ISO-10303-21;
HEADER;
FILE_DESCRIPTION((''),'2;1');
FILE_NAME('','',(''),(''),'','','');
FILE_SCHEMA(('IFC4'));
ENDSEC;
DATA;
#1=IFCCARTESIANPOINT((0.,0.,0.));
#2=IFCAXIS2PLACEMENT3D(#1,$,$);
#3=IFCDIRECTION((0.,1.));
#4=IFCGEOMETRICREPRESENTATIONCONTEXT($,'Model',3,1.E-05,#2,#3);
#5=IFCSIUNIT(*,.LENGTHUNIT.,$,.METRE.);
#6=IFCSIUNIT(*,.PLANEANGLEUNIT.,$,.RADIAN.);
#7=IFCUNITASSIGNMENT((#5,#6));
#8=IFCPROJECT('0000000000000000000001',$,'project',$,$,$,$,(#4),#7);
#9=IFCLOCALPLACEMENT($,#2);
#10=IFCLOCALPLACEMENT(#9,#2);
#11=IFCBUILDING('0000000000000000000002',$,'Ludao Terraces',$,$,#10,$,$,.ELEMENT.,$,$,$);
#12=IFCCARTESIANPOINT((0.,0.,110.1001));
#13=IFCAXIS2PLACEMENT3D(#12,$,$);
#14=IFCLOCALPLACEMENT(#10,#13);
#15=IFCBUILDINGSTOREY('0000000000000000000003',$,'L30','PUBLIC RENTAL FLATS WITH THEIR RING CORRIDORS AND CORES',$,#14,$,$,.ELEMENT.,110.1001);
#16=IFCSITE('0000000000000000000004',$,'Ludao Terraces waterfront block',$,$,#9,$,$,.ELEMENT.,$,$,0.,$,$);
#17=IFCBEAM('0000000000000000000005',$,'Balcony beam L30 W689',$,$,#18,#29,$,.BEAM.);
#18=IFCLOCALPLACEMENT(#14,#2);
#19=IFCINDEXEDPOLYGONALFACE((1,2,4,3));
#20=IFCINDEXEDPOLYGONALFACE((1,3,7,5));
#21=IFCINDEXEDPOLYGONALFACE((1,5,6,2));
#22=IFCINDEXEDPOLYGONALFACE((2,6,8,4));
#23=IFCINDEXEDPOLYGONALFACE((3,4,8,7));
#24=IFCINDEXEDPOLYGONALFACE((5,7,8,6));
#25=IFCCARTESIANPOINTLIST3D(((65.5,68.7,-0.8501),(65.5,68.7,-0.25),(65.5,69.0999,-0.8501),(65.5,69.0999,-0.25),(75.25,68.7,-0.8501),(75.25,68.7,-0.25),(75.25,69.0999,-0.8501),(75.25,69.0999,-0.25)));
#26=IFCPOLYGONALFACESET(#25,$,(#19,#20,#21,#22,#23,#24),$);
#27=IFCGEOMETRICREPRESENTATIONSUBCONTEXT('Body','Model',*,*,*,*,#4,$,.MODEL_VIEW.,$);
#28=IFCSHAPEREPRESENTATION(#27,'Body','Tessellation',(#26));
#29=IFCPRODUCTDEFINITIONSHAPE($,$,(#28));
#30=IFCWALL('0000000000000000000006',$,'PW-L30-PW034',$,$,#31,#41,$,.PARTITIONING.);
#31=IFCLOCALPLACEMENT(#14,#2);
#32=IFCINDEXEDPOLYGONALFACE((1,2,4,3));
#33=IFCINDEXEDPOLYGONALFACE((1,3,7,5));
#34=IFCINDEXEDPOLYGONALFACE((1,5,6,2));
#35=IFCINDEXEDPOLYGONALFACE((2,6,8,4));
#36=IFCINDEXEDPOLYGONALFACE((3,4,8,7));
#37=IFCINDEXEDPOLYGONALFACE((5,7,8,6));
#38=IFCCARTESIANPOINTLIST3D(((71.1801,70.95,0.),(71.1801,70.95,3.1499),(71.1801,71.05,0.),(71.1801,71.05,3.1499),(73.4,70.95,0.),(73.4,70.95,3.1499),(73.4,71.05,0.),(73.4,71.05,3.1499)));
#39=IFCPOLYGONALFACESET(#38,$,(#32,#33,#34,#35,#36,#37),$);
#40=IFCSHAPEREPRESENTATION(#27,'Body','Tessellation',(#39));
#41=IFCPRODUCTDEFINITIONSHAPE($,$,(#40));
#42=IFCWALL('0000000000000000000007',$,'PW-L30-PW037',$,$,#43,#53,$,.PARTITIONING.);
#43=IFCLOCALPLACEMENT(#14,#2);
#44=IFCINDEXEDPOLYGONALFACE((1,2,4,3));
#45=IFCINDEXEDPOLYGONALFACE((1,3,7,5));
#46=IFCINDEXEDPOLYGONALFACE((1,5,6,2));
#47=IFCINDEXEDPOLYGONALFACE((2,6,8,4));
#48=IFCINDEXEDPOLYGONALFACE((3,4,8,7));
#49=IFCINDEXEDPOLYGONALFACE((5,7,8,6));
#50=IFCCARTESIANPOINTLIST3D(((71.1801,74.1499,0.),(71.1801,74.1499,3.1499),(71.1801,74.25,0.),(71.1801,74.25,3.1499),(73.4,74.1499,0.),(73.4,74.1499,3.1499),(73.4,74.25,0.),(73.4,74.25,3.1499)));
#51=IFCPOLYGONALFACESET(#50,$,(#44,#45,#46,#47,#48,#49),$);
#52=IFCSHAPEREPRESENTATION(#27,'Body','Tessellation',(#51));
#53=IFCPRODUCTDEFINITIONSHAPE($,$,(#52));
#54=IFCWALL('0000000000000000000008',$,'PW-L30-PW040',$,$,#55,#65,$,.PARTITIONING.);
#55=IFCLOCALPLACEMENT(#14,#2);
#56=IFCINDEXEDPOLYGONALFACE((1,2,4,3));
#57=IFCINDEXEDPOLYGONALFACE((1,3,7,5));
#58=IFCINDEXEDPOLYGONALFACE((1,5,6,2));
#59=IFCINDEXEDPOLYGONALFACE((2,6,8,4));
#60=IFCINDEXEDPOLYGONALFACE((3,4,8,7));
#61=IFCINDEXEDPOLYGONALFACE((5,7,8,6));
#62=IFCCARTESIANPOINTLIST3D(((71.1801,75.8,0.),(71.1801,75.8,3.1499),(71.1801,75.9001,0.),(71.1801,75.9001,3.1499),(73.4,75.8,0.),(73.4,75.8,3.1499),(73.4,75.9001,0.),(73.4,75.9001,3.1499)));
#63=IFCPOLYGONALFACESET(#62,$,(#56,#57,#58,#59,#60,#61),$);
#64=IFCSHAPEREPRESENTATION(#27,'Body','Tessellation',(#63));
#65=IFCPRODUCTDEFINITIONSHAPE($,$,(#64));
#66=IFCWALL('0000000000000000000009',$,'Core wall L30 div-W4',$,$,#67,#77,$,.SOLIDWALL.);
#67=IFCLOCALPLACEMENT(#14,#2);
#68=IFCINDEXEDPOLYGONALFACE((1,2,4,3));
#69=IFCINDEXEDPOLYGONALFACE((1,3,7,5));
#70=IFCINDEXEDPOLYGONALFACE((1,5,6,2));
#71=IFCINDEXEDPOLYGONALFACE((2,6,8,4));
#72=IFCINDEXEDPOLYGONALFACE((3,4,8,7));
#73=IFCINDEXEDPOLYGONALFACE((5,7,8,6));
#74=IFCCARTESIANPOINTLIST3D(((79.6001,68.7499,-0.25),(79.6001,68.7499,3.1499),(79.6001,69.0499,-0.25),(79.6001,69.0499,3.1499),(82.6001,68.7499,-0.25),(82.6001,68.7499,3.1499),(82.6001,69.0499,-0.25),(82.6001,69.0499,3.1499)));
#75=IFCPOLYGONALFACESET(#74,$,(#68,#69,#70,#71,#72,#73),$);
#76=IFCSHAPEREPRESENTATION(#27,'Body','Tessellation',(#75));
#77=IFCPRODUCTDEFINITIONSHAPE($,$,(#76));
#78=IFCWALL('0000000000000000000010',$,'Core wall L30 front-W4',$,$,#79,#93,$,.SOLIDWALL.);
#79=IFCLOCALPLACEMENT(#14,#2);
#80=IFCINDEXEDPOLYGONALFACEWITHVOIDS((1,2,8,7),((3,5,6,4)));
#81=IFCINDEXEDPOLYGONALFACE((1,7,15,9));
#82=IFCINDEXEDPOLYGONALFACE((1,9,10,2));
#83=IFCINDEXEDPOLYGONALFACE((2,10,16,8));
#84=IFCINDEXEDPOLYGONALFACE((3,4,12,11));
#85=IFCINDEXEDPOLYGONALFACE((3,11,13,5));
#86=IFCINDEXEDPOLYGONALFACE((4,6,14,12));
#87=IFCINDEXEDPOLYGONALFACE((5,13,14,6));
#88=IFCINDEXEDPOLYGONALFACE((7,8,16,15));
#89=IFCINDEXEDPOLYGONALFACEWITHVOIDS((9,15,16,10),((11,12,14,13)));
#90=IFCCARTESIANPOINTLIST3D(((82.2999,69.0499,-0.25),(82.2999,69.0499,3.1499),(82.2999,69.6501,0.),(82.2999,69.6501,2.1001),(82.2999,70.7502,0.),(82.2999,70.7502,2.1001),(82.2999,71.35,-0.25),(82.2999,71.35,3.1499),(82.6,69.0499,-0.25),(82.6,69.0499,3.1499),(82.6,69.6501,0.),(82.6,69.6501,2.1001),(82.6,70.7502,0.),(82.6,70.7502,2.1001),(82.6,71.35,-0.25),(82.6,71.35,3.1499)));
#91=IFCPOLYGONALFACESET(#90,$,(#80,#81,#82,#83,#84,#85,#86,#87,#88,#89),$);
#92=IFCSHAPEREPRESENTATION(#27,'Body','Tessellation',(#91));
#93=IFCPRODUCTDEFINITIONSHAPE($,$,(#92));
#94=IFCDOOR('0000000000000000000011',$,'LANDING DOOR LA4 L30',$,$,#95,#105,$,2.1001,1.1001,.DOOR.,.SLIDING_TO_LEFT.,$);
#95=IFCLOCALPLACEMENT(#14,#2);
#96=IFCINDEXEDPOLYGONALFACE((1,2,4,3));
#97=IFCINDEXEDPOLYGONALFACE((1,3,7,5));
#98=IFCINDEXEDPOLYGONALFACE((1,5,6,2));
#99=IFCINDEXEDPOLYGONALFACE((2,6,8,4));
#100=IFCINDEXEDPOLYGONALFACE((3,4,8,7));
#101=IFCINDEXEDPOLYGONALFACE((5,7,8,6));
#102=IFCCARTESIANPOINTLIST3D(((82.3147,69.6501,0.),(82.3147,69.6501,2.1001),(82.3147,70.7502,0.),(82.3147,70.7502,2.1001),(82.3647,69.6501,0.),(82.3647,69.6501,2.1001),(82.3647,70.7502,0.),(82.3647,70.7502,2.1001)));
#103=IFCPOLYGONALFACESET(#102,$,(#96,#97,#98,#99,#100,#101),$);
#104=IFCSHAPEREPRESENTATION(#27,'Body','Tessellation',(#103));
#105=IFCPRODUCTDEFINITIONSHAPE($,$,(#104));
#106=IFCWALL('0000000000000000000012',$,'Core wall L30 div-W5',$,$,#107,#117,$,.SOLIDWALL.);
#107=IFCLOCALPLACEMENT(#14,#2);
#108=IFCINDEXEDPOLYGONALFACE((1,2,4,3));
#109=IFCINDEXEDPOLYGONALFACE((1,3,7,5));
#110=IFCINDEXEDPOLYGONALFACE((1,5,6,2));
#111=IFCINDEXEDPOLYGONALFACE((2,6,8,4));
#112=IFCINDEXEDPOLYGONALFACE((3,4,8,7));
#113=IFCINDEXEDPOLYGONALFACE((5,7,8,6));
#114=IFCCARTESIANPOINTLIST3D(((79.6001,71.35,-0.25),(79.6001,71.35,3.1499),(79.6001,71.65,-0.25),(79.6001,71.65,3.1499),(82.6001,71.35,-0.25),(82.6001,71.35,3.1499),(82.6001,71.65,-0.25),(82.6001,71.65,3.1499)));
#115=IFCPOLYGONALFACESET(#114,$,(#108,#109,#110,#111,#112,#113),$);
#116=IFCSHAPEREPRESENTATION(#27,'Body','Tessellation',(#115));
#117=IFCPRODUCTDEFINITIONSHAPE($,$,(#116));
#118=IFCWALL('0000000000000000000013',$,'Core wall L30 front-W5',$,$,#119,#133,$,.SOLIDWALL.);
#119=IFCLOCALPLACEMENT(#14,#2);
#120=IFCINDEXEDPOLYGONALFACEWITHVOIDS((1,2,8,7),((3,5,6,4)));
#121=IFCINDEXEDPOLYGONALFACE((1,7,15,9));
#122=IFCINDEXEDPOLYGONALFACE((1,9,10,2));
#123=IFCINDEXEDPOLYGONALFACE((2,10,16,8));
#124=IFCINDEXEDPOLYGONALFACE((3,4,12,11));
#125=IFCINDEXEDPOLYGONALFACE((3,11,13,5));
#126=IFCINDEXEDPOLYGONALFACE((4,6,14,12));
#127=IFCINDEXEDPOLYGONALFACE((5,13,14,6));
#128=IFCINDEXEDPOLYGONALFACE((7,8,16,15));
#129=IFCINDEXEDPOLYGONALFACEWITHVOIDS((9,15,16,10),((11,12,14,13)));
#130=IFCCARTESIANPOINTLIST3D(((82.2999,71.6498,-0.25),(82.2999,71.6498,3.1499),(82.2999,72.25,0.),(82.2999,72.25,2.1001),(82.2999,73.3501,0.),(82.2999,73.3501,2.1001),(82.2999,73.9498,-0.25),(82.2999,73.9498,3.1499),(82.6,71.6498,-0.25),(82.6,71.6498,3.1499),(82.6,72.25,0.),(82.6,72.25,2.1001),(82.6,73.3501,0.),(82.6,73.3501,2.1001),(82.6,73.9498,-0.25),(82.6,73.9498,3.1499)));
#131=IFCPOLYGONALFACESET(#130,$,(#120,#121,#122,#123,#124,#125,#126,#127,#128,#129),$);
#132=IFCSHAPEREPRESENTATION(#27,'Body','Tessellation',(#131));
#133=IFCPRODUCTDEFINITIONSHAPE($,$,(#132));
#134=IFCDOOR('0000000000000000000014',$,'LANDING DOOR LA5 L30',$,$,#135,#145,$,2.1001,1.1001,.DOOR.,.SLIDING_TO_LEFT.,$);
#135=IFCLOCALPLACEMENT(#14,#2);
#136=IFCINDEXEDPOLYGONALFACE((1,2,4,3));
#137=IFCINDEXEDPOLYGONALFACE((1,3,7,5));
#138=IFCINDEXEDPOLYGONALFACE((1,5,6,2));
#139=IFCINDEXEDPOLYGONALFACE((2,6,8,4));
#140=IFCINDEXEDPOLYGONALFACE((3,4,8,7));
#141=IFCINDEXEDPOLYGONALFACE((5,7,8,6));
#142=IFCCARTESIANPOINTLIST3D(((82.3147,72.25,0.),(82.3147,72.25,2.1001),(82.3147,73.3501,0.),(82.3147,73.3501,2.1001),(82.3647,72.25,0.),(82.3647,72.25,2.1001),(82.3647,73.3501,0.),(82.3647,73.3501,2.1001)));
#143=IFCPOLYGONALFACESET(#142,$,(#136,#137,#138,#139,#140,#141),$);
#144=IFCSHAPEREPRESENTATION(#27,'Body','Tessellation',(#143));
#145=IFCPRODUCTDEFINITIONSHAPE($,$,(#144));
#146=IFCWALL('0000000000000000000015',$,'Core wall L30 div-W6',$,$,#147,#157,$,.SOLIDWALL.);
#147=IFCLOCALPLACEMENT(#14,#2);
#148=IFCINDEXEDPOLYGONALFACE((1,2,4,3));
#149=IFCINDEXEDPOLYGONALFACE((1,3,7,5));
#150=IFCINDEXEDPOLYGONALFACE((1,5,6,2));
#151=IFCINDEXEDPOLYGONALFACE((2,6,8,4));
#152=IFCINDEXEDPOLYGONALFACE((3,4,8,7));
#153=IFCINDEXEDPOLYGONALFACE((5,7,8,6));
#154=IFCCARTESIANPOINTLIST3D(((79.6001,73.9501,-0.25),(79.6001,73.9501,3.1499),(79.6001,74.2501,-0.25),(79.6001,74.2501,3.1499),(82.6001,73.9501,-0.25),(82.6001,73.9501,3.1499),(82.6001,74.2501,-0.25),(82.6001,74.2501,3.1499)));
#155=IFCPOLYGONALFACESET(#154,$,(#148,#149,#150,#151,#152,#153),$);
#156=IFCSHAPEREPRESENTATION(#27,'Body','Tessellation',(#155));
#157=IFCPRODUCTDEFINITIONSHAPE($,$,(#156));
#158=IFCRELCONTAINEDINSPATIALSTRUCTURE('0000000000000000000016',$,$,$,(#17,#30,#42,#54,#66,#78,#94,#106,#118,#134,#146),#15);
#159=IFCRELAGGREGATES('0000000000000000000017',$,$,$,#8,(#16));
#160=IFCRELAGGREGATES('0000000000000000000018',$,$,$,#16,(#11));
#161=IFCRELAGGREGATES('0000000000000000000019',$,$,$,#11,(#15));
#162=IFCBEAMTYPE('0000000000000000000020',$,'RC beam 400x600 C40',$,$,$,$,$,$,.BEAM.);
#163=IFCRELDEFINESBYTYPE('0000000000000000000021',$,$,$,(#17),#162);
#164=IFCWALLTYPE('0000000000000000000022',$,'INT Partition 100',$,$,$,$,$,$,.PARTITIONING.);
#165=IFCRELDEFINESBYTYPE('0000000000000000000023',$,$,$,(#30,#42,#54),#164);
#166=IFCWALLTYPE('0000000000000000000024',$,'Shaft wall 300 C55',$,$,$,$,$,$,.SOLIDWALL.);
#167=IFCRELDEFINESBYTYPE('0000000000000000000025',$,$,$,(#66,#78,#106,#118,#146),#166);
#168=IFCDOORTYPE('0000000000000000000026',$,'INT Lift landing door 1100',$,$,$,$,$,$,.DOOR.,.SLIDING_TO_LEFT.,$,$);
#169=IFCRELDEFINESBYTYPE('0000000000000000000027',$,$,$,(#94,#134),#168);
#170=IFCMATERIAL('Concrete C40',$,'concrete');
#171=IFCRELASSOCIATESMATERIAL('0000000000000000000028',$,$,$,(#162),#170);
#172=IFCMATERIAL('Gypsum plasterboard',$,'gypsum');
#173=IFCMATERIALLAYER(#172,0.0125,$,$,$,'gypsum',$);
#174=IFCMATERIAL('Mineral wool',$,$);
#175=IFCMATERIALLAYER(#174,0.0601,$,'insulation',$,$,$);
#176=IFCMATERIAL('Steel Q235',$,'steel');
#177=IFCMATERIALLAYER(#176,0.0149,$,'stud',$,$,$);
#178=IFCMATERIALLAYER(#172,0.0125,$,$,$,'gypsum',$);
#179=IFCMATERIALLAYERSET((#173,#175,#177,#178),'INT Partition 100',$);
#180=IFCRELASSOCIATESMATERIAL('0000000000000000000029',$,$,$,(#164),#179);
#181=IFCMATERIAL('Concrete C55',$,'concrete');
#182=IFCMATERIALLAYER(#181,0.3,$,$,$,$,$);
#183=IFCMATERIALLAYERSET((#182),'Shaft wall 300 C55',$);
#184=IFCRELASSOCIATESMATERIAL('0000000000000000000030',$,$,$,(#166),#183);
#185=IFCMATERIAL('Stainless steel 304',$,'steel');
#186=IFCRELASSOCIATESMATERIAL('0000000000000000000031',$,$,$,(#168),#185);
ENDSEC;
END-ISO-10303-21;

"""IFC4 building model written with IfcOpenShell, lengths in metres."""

from ifc_helpers import new_model, si_unit, direction, frame, frame_2d, origin, origin_2d, place, context, subcontext, project, spatial, rectangle, extrude, material, layer, layer_set, material_profile, profile_set, type_object, element, fill, save


model = new_model("IFC4")

# Units and contexts
model_context = context("Model", 3, precision=1e-05, world=origin(), true_north=direction((0.0, 1.0)))
body_context = subcontext(model_context, "Body", "Model", "MODEL_VIEW")
ifc_project = project(units=[si_unit("LENGTHUNIT", "METRE"), si_unit("PLANEANGLEUNIT", "RADIAN")], contexts=[model_context])

# Site, building, storey
site_placement = place(None, origin())
site = spatial("IfcSite", under=ifc_project, at=site_placement, Name="Ludao Terraces waterfront block", CompositionType="ELEMENT", RefElevation=0.0)
building_placement = place(site_placement, origin())
building = spatial("IfcBuilding", under=site, at=building_placement, Name="Ludao Terraces", CompositionType="ELEMENT")
storey_placement = place(building_placement, frame((0.0, 0.0, 110.1001)))
storey = spatial("IfcBuildingStorey", under=building, at=storey_placement, Name="L30", Description="PUBLIC RENTAL FLATS WITH THEIR RING CORRIDORS AND CORES", CompositionType="ELEMENT", Elevation=110.1001)

# Beam
ifc_material_1 = material(Name="Concrete C40", Category="concrete")
ifc_material_profile = material_profile(ifc_material_1, rectangle(XDim=0.3999, YDim=0.6001, at=origin_2d()), Name="400 X 600")
ifc_profile_set = profile_set([ifc_material_profile], Name="Concrete C40")
beam_type = type_object("IfcBeamType", Name="RC beam 400x600 C40", PredefinedType="BEAM", material=ifc_profile_set)
beam_placement = place(storey_placement, frame((75.25, 68.8999, -0.55), z_axis=(-1.0, 0.0, 0.0), x_axis=(0.0, -1.0, 0.0)))
element("IfcBeam", 1, at=beam_placement, inside=storey, type_object=beam_type, Name="Balcony beam L30 W689", PredefinedType="BEAM", context=body_context, shape_type="SweptSolid", body=[
    extrude(rectangle(XDim=0.3999, YDim=0.6001, at=origin_2d()), origin(), (0.0, 0.0, 1.0), 9.75),
])

# Walls
ifc_material_2 = material(Name="Gypsum plasterboard", Category="gypsum")
ifc_layer_1 = layer(ifc_material_2, 0.0125, Category="gypsum")
ifc_material_3 = material(Name="Mineral wool")
ifc_layer_2 = layer(ifc_material_3, 0.0601, Name="insulation")
ifc_material_4 = material(Name="Steel Q235", Category="steel")
ifc_layer_3 = layer(ifc_material_4, 0.0149, Name="stud")
ifc_layer_4 = layer(ifc_material_2, 0.0125, Category="gypsum")
ifc_layer_set_1 = layer_set([ifc_layer_1, ifc_layer_2, ifc_layer_3, ifc_layer_4], Name="INT Partition 100")
wall_type_1 = type_object("IfcWallType", Name="INT Partition 100", PredefinedType="PARTITIONING", material=ifc_layer_set_1)
for number, where, z_axis, x_axis, name in (
    (2, (71.1802, 71.0, 0.0), (0.0, 0.0, 1.0), (1.0, 0.0, 0.0), "PW-L30-PW034"),
    (3, (71.1802, 74.2, 0.0), (0.0, 0.0, 1.0), (1.0, 0.0, 0.0), "PW-L30-PW037"),
    (4, (71.1802, 75.8501, 0.0), (0.0, 0.0, 1.0), (1.0, 0.0, 0.0), "PW-L30-PW040"),
):
    element("IfcWall", number, at=place(storey_placement, frame(where, z_axis=z_axis, x_axis=x_axis)), inside=storey, type_object=wall_type_1, Name=name, PredefinedType="PARTITIONING", context=body_context, shape_type="SweptSolid", body=[
        extrude(rectangle(XDim=2.22, YDim=0.1001, at=frame_2d((1.1099, 0.0))), origin(), (0.0, 0.0, 1.0), 3.1499),
    ])
ifc_material_5 = material(Name="Concrete C55", Category="concrete")
ifc_layer_5 = layer(ifc_material_5, 0.3)
ifc_layer_set_2 = layer_set([ifc_layer_5], Name="Shaft wall 300 C55")
wall_type_2 = type_object("IfcWallType", Name="Shaft wall 300 C55", PredefinedType="SOLIDWALL", material=ifc_layer_set_2)
wall_1_placement = place(storey_placement, frame((79.6001, 68.8999, -0.25), z_axis=(0.0, 0.0, 1.0), x_axis=(1.0, 0.0, 0.0)))
element("IfcWall", 5, at=wall_1_placement, inside=storey, type_object=wall_type_2, Name="Core wall L30 div-W4", PredefinedType="SOLIDWALL", context=body_context, shape_type="SweptSolid", body=[
    extrude(rectangle(XDim=3.0, YDim=0.3, at=frame_2d((1.5, 0.0))), origin(), (0.0, 0.0, 1.0), 3.3999),
])

# Wall, opening, door
wall_2_placement = place(storey_placement, frame((82.45, 69.05, -0.25), z_axis=(0.0, 0.0, 1.0), x_axis=(0.0, 1.0, 0.0)))
wall_2 = element("IfcWall", 6, at=wall_2_placement, inside=storey, type_object=wall_type_2, Name="Core wall L30 front-W4", PredefinedType="SOLIDWALL", context=body_context, shape_type="SweptSolid", body=[
    extrude(rectangle(XDim=2.3, YDim=0.3, at=frame_2d((1.1499, 0.0))), origin(), (0.0, 0.0, 1.0), 3.3999),
])
opening_1_placement = place(wall_2_placement, frame((0.6001, 0.0, 0.25)))
opening_1 = element("IfcOpeningElement", 7, at=opening_1_placement, cuts=wall_2, PredefinedType="OPENING", context=body_context, shape_type="SweptSolid", body=[
    extrude(rectangle(XDim=1.1001, YDim=2.1001, at=frame_2d((0.55, 1.05))), frame((0.0, 0.1602, 0.0), z_axis=(0.0, -1.0, 0.0), x_axis=(1.0, 0.0, 0.0)), (0.0, 0.0, 1.0), 0.3201),
])
ifc_material_6 = material(Name="Stainless steel 304", Category="steel")
door_type = type_object("IfcDoorType", Name="INT Lift landing door 1100", OperationType="SLIDING_TO_LEFT", PredefinedType="DOOR", material=ifc_material_6)
door_1_placement = place(opening_1_placement, origin())
door_1 = element("IfcDoor", 8, at=door_1_placement, inside=storey, type_object=door_type, Name="LANDING DOOR LA4 L30", OperationType="SLIDING_TO_LEFT", OverallHeight=2.1001, OverallWidth=1.1001, PredefinedType="DOOR", context=body_context, shape_type="SweptSolid", body=[
    extrude(rectangle(XDim=1.1001, YDim=2.1001, at=frame_2d((0.55, 1.05))), frame((0.0, 0.1353, 0.0), z_axis=(0.0, -1.0, 0.0), x_axis=(1.0, 0.0, 0.0)), (0.0, 0.0, 1.0), 0.05),
])
fill(opening_1, door_1)

# Wall
wall_3_placement = place(storey_placement, frame((79.6001, 71.5, -0.25), z_axis=(0.0, 0.0, 1.0), x_axis=(1.0, 0.0, 0.0)))
element("IfcWall", 9, at=wall_3_placement, inside=storey, type_object=wall_type_2, Name="Core wall L30 div-W5", PredefinedType="SOLIDWALL", context=body_context, shape_type="SweptSolid", body=[
    extrude(rectangle(XDim=3.0, YDim=0.3, at=frame_2d((1.5, 0.0))), origin(), (0.0, 0.0, 1.0), 3.3999),
])

# Wall, opening, door
wall_4_placement = place(storey_placement, frame((82.45, 71.6499, -0.25), z_axis=(0.0, 0.0, 1.0), x_axis=(0.0, 1.0, 0.0)))
wall_4 = element("IfcWall", 10, at=wall_4_placement, inside=storey, type_object=wall_type_2, Name="Core wall L30 front-W5", PredefinedType="SOLIDWALL", context=body_context, shape_type="SweptSolid", body=[
    extrude(rectangle(XDim=2.3, YDim=0.3, at=frame_2d((1.1499, 0.0))), origin(), (0.0, 0.0, 1.0), 3.3999),
])
opening_2_placement = place(wall_4_placement, frame((0.6001, 0.0, 0.25)))
opening_2 = element("IfcOpeningElement", 11, at=opening_2_placement, cuts=wall_4, PredefinedType="OPENING", context=body_context, shape_type="SweptSolid", body=[
    extrude(rectangle(XDim=1.1001, YDim=2.1001, at=frame_2d((0.55, 1.05))), frame((0.0, 0.1602, 0.0), z_axis=(0.0, -1.0, 0.0), x_axis=(1.0, 0.0, 0.0)), (0.0, 0.0, 1.0), 0.3201),
])
door_2_placement = place(opening_2_placement, origin())
door_2 = element("IfcDoor", 12, at=door_2_placement, inside=storey, type_object=door_type, Name="LANDING DOOR LA5 L30", OperationType="SLIDING_TO_LEFT", OverallHeight=2.1001, OverallWidth=1.1001, PredefinedType="DOOR", context=body_context, shape_type="SweptSolid", body=[
    extrude(rectangle(XDim=1.1001, YDim=2.1001, at=frame_2d((0.55, 1.05))), frame((0.0, 0.1353, 0.0), z_axis=(0.0, -1.0, 0.0), x_axis=(1.0, 0.0, 0.0)), (0.0, 0.0, 1.0), 0.05),
])
fill(opening_2, door_2)

# Wall
wall_5_placement = place(storey_placement, frame((79.6001, 74.1001, -0.25), z_axis=(0.0, 0.0, 1.0), x_axis=(1.0, 0.0, 0.0)))
element("IfcWall", 13, at=wall_5_placement, inside=storey, type_object=wall_type_2, Name="Core wall L30 div-W6", PredefinedType="SOLIDWALL", context=body_context, shape_type="SweptSolid", body=[
    extrude(rectangle(XDim=3.0, YDim=0.3, at=frame_2d((1.5, 0.0))), origin(), (0.0, 0.0, 1.0), 3.3999),
])

save(model, "model.ifc")
